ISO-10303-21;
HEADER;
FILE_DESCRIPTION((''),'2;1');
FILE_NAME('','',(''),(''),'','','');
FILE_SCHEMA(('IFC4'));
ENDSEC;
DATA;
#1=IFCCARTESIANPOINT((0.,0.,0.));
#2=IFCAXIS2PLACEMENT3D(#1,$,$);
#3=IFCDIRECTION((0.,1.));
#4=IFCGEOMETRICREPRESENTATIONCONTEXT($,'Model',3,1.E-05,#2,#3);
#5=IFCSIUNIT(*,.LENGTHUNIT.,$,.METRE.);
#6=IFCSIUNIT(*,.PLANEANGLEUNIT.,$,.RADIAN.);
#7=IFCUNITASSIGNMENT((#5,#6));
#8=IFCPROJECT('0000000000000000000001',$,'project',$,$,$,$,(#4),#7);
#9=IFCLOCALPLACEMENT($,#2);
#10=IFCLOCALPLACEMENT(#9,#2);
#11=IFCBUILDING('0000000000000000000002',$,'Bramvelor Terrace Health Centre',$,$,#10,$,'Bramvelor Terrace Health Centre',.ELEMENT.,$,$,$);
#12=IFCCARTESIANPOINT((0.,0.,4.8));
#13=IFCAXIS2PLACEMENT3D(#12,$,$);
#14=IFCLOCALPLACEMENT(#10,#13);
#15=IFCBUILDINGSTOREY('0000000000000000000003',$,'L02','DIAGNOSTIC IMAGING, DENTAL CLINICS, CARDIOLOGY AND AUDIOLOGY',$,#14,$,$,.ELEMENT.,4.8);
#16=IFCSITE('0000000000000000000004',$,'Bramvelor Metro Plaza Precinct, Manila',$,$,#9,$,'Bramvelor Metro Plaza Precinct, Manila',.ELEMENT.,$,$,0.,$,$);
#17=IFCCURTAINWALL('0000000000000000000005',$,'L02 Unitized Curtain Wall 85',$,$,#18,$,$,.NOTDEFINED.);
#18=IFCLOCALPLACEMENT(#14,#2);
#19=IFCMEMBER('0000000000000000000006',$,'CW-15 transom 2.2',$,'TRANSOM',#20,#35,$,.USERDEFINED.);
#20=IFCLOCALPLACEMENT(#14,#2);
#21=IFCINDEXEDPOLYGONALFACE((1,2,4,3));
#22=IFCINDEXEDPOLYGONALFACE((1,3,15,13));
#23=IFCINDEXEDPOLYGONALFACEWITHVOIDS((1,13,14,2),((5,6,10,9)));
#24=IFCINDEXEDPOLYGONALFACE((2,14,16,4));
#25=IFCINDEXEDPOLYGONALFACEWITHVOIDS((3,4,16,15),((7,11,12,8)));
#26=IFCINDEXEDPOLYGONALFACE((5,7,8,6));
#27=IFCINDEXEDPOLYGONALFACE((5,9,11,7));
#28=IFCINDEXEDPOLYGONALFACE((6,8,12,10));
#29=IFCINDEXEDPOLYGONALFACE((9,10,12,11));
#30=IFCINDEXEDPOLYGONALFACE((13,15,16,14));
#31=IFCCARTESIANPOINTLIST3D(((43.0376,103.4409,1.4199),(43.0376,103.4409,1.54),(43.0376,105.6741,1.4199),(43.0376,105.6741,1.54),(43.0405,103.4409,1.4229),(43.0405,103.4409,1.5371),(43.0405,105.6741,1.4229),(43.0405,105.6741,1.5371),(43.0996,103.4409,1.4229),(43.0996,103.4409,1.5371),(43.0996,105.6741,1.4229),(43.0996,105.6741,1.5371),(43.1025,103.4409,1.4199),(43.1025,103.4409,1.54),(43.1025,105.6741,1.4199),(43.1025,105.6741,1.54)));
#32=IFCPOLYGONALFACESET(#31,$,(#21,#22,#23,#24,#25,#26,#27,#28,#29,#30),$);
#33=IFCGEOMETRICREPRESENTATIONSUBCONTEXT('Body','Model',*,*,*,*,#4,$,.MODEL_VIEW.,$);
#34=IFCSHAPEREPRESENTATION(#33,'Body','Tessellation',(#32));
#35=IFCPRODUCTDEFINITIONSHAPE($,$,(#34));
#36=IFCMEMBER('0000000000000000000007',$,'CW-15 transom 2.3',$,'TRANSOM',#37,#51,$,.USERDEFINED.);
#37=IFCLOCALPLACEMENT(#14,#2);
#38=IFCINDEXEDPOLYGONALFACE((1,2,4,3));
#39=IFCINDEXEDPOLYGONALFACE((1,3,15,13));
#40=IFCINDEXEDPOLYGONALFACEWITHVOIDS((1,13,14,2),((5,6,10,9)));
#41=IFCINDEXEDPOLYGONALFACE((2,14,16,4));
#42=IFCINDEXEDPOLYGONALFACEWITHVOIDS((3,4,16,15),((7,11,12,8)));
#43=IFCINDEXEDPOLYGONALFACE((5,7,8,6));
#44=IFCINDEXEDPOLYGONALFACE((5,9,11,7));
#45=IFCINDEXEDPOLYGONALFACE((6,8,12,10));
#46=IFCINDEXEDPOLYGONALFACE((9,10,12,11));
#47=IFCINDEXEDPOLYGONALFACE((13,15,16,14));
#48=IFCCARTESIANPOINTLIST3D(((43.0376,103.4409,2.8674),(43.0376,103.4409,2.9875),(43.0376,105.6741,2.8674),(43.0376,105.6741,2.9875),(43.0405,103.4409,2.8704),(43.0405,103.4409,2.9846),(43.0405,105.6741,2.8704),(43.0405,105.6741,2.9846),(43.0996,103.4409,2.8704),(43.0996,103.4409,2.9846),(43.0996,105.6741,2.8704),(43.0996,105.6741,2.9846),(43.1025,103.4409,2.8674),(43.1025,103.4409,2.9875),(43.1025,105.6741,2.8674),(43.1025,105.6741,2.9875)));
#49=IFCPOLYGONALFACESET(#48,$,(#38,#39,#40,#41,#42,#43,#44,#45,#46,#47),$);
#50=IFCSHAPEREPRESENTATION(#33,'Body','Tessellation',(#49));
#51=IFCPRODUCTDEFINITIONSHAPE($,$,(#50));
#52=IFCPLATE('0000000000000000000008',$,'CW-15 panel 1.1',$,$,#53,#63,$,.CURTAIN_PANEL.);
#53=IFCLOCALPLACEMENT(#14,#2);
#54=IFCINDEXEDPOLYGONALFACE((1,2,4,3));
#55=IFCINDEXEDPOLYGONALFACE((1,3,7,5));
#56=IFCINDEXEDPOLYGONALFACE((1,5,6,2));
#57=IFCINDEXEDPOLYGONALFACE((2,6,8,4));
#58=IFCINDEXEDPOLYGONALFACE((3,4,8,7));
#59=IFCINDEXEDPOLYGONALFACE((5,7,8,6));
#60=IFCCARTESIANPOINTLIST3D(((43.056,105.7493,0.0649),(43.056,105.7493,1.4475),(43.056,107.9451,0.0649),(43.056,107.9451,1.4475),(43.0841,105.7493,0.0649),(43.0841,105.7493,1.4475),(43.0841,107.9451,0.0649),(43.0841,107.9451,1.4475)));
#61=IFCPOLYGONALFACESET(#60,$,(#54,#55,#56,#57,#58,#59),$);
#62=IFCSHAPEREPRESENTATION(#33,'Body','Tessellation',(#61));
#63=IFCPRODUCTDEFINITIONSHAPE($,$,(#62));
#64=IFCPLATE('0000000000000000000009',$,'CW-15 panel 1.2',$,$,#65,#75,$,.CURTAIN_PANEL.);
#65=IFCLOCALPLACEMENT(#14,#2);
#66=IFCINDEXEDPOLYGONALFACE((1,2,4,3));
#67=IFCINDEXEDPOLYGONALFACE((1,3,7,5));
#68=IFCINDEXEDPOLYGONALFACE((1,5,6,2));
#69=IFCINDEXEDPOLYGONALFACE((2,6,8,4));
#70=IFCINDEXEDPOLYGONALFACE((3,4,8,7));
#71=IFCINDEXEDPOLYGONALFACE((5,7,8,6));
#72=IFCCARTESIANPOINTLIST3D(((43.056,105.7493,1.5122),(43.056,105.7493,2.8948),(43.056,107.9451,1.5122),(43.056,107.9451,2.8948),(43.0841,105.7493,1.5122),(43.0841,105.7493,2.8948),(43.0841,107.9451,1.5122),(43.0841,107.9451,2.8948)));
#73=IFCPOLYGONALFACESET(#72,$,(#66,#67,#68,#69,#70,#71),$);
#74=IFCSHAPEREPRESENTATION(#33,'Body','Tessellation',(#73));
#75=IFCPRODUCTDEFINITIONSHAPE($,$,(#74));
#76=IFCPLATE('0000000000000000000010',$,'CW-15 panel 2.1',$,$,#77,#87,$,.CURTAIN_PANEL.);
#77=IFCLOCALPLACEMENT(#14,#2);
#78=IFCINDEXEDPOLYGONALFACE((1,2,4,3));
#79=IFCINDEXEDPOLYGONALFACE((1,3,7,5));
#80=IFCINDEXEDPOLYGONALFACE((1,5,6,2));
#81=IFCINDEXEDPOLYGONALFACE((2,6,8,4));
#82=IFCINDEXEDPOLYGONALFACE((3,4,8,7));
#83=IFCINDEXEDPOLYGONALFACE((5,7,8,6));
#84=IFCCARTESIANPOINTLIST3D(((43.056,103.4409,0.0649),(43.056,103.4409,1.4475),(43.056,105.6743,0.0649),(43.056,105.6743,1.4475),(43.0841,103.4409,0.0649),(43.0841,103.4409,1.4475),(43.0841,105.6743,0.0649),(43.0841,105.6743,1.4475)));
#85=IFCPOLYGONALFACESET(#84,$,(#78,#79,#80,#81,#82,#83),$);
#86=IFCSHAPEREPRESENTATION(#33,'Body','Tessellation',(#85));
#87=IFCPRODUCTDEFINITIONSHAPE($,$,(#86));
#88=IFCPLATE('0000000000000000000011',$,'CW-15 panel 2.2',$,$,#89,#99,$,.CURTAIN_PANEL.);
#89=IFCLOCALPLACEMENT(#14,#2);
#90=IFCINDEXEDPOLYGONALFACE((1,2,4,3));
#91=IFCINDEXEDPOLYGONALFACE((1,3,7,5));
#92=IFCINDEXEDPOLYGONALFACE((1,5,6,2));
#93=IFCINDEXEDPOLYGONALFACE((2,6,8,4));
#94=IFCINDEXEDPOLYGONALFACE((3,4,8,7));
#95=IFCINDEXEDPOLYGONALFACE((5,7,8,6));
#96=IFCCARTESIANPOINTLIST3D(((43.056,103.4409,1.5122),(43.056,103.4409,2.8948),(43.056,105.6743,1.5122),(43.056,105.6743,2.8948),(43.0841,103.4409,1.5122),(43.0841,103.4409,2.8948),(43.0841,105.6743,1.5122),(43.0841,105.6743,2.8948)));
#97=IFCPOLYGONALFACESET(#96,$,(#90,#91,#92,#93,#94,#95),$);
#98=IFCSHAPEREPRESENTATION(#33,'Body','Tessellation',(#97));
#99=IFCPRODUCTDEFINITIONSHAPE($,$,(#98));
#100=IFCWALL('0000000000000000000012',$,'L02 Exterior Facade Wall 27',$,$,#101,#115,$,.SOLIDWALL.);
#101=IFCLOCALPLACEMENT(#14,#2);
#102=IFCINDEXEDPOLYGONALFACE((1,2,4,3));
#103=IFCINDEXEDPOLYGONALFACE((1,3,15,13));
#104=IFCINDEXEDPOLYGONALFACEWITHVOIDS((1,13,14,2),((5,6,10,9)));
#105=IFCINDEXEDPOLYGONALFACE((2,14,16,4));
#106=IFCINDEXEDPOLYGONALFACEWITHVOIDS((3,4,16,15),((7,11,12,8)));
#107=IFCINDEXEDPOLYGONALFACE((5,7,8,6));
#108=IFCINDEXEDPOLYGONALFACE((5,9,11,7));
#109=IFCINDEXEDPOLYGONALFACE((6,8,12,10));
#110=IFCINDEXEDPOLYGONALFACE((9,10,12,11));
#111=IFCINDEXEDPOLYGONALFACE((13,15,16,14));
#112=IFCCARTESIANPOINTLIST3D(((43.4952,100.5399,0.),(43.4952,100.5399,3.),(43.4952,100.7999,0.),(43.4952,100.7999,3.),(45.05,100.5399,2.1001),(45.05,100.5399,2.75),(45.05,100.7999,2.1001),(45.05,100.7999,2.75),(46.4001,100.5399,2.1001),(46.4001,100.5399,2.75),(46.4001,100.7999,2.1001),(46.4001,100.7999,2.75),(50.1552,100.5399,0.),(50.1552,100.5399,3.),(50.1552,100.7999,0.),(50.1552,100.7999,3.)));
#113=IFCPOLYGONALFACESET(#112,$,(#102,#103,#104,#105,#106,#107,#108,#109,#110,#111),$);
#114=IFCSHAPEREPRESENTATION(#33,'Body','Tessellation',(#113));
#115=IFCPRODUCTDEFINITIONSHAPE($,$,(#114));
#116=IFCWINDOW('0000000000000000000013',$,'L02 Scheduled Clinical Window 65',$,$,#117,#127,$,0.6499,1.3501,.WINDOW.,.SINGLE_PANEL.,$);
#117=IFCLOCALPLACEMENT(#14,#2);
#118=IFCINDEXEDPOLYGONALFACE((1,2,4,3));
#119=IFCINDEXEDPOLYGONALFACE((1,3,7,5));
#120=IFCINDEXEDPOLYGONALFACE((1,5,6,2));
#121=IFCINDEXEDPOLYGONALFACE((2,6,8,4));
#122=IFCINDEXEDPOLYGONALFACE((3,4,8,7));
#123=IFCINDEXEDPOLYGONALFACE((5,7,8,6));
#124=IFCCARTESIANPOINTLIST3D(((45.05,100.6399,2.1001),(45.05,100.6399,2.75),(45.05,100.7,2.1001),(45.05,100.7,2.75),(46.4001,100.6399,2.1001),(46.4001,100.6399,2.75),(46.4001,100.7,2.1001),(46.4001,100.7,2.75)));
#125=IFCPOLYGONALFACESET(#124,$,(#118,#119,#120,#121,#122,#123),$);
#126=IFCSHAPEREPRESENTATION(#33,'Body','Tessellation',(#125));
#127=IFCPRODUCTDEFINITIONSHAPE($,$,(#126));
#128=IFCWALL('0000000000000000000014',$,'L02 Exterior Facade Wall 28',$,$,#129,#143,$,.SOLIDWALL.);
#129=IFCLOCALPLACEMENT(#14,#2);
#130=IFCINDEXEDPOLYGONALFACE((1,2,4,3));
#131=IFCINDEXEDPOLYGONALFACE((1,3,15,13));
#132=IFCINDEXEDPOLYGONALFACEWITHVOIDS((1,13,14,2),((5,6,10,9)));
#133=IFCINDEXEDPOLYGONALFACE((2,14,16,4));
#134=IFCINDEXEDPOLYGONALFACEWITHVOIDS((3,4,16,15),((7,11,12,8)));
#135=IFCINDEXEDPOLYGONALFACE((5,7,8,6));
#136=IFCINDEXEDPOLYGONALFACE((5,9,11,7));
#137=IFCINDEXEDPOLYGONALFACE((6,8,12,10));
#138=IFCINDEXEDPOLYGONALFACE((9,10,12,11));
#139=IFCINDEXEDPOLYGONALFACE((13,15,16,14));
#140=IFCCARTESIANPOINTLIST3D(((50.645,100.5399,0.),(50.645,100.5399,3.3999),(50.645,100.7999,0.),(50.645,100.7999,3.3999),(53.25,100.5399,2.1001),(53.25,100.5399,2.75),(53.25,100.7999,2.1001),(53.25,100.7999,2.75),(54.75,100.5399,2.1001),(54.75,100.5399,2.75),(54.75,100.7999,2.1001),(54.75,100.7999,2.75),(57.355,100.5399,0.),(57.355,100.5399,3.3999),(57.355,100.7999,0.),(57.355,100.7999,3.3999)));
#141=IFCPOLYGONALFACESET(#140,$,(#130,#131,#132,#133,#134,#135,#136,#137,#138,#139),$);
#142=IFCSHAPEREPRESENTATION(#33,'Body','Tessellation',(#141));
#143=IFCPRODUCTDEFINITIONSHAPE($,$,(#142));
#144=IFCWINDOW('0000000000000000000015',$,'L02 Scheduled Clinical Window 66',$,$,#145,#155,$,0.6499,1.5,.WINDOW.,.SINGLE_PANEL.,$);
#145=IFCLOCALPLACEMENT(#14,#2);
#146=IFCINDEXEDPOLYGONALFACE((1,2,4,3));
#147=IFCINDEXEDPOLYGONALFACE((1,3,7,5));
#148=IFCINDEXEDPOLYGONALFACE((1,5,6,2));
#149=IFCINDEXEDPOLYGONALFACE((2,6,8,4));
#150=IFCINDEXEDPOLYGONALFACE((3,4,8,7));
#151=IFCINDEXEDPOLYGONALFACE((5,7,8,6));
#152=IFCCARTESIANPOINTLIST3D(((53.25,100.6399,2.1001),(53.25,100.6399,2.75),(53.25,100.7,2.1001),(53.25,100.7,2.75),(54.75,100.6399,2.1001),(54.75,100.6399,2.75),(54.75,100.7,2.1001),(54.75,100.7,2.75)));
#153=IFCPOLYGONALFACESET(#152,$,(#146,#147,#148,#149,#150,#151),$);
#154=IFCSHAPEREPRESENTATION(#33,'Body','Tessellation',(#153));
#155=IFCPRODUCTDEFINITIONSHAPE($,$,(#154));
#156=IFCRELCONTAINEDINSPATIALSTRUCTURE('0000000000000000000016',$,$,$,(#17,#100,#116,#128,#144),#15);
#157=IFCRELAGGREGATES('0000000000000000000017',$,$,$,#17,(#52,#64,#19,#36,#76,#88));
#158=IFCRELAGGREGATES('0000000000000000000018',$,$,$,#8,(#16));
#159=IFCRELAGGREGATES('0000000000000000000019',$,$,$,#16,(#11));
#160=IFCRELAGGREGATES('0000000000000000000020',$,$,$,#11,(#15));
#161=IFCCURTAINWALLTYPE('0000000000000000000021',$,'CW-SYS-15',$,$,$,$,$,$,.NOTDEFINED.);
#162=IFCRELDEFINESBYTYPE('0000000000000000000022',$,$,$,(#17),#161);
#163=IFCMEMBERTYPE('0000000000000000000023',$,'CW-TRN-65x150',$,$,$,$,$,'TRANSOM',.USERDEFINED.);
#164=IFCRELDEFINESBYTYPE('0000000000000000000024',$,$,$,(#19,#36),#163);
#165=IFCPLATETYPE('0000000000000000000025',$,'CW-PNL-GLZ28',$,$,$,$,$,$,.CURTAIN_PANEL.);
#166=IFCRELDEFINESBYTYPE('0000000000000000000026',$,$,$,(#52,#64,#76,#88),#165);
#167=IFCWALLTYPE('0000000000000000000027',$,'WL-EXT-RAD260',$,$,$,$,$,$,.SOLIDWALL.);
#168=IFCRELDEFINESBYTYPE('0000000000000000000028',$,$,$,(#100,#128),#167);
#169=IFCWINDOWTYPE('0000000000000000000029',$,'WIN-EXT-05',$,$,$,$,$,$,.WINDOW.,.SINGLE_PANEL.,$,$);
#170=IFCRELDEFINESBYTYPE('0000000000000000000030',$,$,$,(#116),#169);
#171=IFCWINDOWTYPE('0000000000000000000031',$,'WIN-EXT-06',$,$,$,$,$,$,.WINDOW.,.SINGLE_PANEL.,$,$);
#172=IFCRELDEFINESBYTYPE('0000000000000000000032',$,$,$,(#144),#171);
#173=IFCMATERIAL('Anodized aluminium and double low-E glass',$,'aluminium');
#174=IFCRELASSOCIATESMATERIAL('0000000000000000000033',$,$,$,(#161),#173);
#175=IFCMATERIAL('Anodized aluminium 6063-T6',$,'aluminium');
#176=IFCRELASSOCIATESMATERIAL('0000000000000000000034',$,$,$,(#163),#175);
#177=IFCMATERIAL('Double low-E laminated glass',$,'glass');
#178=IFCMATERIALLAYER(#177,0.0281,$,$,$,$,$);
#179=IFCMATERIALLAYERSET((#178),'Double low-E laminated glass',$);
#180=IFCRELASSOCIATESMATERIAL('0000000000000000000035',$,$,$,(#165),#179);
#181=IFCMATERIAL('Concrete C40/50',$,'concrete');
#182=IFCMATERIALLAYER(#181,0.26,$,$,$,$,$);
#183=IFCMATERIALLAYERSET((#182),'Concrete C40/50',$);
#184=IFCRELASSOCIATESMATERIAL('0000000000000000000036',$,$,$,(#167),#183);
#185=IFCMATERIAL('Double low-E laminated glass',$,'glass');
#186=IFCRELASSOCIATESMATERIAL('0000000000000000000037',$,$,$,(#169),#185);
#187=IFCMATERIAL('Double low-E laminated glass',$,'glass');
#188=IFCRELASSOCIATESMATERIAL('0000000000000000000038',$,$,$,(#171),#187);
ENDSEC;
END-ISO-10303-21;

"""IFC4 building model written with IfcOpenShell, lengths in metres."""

from ifc_helpers import new_model, si_unit, direction, frame, frame_2d, origin, origin_2d, place, context, subcontext, project, spatial, rectangle, hollow_rectangle, extrude, material, layer, layer_set, material_profile, profile_set, type_object, element, fill, aggregate, save


model = new_model("IFC4")

# Units and contexts
model_context = context("Model", 3, precision=1e-05, world=origin(), true_north=direction((0.0, 1.0)))
body_context = subcontext(model_context, "Body", "Model", "MODEL_VIEW")
ifc_project = project(units=[si_unit("LENGTHUNIT", "METRE"), si_unit("PLANEANGLEUNIT", "RADIAN")], contexts=[model_context])

# Site, building, storey
site_placement = place(None, origin())
site = spatial("IfcSite", under=ifc_project, at=site_placement, Name="Bramvelor Metro Plaza Precinct, Manila", LongName="Bramvelor Metro Plaza Precinct, Manila", CompositionType="ELEMENT", RefElevation=0.0)
building_placement = place(site_placement, origin())
building = spatial("IfcBuilding", under=site, at=building_placement, Name="Bramvelor Terrace Health Centre", LongName="Bramvelor Terrace Health Centre", CompositionType="ELEMENT")
storey_placement = place(building_placement, frame((0.0, 0.0, 4.8)))
storey = spatial("IfcBuildingStorey", under=building, at=storey_placement, Name="L02", Description="DIAGNOSTIC IMAGING, DENTAL CLINICS, CARDIOLOGY AND AUDIOLOGY", CompositionType="ELEMENT", Elevation=4.8)

# Curtain wall, members, plates
ifc_material_1 = material(Name="Anodized aluminium and double low-E glass", Category="aluminium")
curtain_wall_type_1 = type_object("IfcCurtainWallType", Name="CW-SYS-15", PredefinedType="NOTDEFINED", material=ifc_material_1)
curtain_wall_1_placement = place(storey_placement, origin())
curtain_wall_1 = element("IfcCurtainWall", 1, at=curtain_wall_1_placement, inside=storey, type_object=curtain_wall_type_1, Name="L02 Unitized Curtain Wall 85", PredefinedType="NOTDEFINED")
ifc_material_2 = material(Name="Anodized aluminium 6063-T6", Category="aluminium")
ifc_material_profile_1 = material_profile(ifc_material_2, hollow_rectangle(XDim=0.0649, YDim=0.1201, WallThickness=0.0029, at=origin_2d()), Name="ALU-TRN 65x120x3.0")
ifc_profile_set_1 = profile_set([ifc_material_profile_1], Name="Anodized aluminium 6063-T6")
member_type_1 = type_object("IfcMemberType", Name="CW-TRN-65x150", ElementType="TRANSOM", PredefinedType="USERDEFINED", material=ifc_profile_set_1)
member_1_placement = place(storey_placement, frame((43.0701, 105.6741, 1.48), z_axis=(0.0, -1.0, 0.0), x_axis=(1.0, 0.0, 0.0)))
member_1 = element("IfcMember", 2, at=member_1_placement, type_object=member_type_1, Name="CW-15 transom 2.2", ObjectType="TRANSOM", PredefinedType="USERDEFINED", context=body_context, shape_type="SweptSolid", body=[
    extrude(hollow_rectangle(XDim=0.0649, YDim=0.1201, WallThickness=0.0029, at=origin_2d()), origin(), (0.0, 0.0, 1.0), 2.2332),
])
member_2_placement = place(storey_placement, frame((43.0701, 105.6741, 2.9275), z_axis=(0.0, -1.0, 0.0), x_axis=(1.0, 0.0, 0.0)))
member_2 = element("IfcMember", 3, at=member_2_placement, type_object=member_type_1, Name="CW-15 transom 2.3", ObjectType="TRANSOM", PredefinedType="USERDEFINED", context=body_context, shape_type="SweptSolid", body=[
    extrude(hollow_rectangle(XDim=0.0649, YDim=0.1201, WallThickness=0.0029, at=origin_2d()), origin(), (0.0, 0.0, 1.0), 2.2332),
])
ifc_material_3 = material(Name="Double low-E laminated glass", Category="glass")
ifc_layer_1 = layer(ifc_material_3, 0.0281)
ifc_layer_set_1 = layer_set([ifc_layer_1], Name="Double low-E laminated glass")
plate_type = type_object("IfcPlateType", Name="CW-PNL-GLZ28", PredefinedType="CURTAIN_PANEL", material=ifc_layer_set_1)
plate_1_placement = place(storey_placement, frame((43.0701, 106.8472, 0.0649), z_axis=(0.0, 0.0, 1.0), x_axis=(0.0, -1.0, 0.0)))
plate_1 = element("IfcPlate", 4, at=plate_1_placement, type_object=plate_type, Name="CW-15 panel 1.1", PredefinedType="CURTAIN_PANEL", context=body_context, shape_type="SweptSolid", body=[
    extrude(rectangle(XDim=2.1958, YDim=0.0281, at=origin_2d()), origin(), (0.0, 0.0, 1.0), 1.3826),
])
plate_2_placement = place(storey_placement, frame((43.0701, 106.8472, 1.5122), z_axis=(0.0, 0.0, 1.0), x_axis=(0.0, -1.0, 0.0)))
plate_2 = element("IfcPlate", 5, at=plate_2_placement, type_object=plate_type, Name="CW-15 panel 1.2", PredefinedType="CURTAIN_PANEL", context=body_context, shape_type="SweptSolid", body=[
    extrude(rectangle(XDim=2.1958, YDim=0.0281, at=origin_2d()), origin(), (0.0, 0.0, 1.0), 1.3826),
])
plate_3_placement = place(storey_placement, frame((43.0701, 104.5576, 0.0649), z_axis=(0.0, 0.0, 1.0), x_axis=(0.0, -1.0, 0.0)))
plate_3 = element("IfcPlate", 6, at=plate_3_placement, type_object=plate_type, Name="CW-15 panel 2.1", PredefinedType="CURTAIN_PANEL", context=body_context, shape_type="SweptSolid", body=[
    extrude(rectangle(XDim=2.2334, YDim=0.0281, at=origin_2d()), origin(), (0.0, 0.0, 1.0), 1.3826),
])
plate_4_placement = place(storey_placement, frame((43.0701, 104.5576, 1.5122), z_axis=(0.0, 0.0, 1.0), x_axis=(0.0, -1.0, 0.0)))
plate_4 = element("IfcPlate", 7, at=plate_4_placement, type_object=plate_type, Name="CW-15 panel 2.2", PredefinedType="CURTAIN_PANEL", context=body_context, shape_type="SweptSolid", body=[
    extrude(rectangle(XDim=2.2334, YDim=0.0281, at=origin_2d()), origin(), (0.0, 0.0, 1.0), 1.3826),
])
aggregate(curtain_wall_1, [plate_1, plate_2, member_1, member_2, plate_3, plate_4])

# Walls, openings, windows
ifc_material_4 = material(Name="Concrete C40/50", Category="concrete")
ifc_layer_2 = layer(ifc_material_4, 0.26)
ifc_layer_set_2 = layer_set([ifc_layer_2], Name="Concrete C40/50")
wall_type = type_object("IfcWallType", Name="WL-EXT-RAD260", PredefinedType="SOLIDWALL", material=ifc_layer_set_2)
wall_1_placement = place(storey_placement, frame((43.4951, 100.6699, 0.0), z_axis=(0.0, 0.0, 1.0), x_axis=(1.0, 0.0, 0.0)))
wall_1 = element("IfcWall", 8, at=wall_1_placement, inside=storey, type_object=wall_type, Name="L02 Exterior Facade Wall 27", PredefinedType="SOLIDWALL", context=body_context, shape_type="SweptSolid", body=[
    extrude(rectangle(XDim=6.6599, YDim=0.26, at=frame_2d((3.3301, 0.0))), origin(), (0.0, 0.0, 1.0), 3.0),
])
opening_1_placement = place(wall_1_placement, frame((1.5549, 0.0, 2.1001)))
opening_1 = element("IfcOpeningElement", 9, at=opening_1_placement, cuts=wall_1, PredefinedType="OPENING", context=body_context, shape_type="SweptSolid", body=[
    extrude(rectangle(XDim=1.3501, YDim=0.6499, at=frame_2d((0.675, 0.325))), frame((0.0, 0.1399, 0.0), z_axis=(0.0, -1.0, 0.0), x_axis=(1.0, 0.0, 0.0)), (0.0, 0.0, 1.0), 0.28),
])
ifc_material_5 = material(Name="Double low-E laminated glass", Category="glass")
window_type_1 = type_object("IfcWindowType", Name="WIN-EXT-05", PartitioningType="SINGLE_PANEL", PredefinedType="WINDOW", material=ifc_material_5)
window_1_placement = place(opening_1_placement, origin())
window_1 = element("IfcWindow", 10, at=window_1_placement, inside=storey, type_object=window_type_1, Name="L02 Scheduled Clinical Window 65", OverallHeight=0.6499, OverallWidth=1.3501, PartitioningType="SINGLE_PANEL", PredefinedType="WINDOW", context=body_context, shape_type="SweptSolid", body=[
    extrude(rectangle(XDim=1.3501, YDim=0.6499, at=frame_2d((0.675, 0.325))), frame((0.0, 0.03, 0.0), z_axis=(0.0, -1.0, 0.0), x_axis=(1.0, 0.0, 0.0)), (0.0, 0.0, 1.0), 0.0601),
])
fill(opening_1, window_1)
wall_2_placement = place(storey_placement, frame((50.645, 100.6699, 0.0), z_axis=(0.0, 0.0, 1.0), x_axis=(1.0, 0.0, 0.0)))
wall_2 = element("IfcWall", 11, at=wall_2_placement, inside=storey, type_object=wall_type, Name="L02 Exterior Facade Wall 28", PredefinedType="SOLIDWALL", context=body_context, shape_type="SweptSolid", body=[
    extrude(rectangle(XDim=6.71, YDim=0.26, at=frame_2d((3.355, 0.0))), origin(), (0.0, 0.0, 1.0), 3.3999),
])
opening_2_placement = place(wall_2_placement, frame((2.605, 0.0, 2.1001)))
opening_2 = element("IfcOpeningElement", 12, at=opening_2_placement, cuts=wall_2, PredefinedType="OPENING", context=body_context, shape_type="SweptSolid", body=[
    extrude(rectangle(XDim=1.5, YDim=0.6499, at=frame_2d((0.75, 0.325))), frame((0.0, 0.1399, 0.0), z_axis=(0.0, -1.0, 0.0), x_axis=(1.0, 0.0, 0.0)), (0.0, 0.0, 1.0), 0.28),
])
ifc_material_6 = material(Name="Double low-E laminated glass", Category="glass")
window_type_2 = type_object("IfcWindowType", Name="WIN-EXT-06", PartitioningType="SINGLE_PANEL", PredefinedType="WINDOW", material=ifc_material_6)
window_2_placement = place(opening_2_placement, origin())
window_2 = element("IfcWindow", 13, at=window_2_placement, inside=storey, type_object=window_type_2, Name="L02 Scheduled Clinical Window 66", OverallHeight=0.6499, OverallWidth=1.5, PartitioningType="SINGLE_PANEL", PredefinedType="WINDOW", context=body_context, shape_type="SweptSolid", body=[
    extrude(rectangle(XDim=1.5, YDim=0.6499, at=frame_2d((0.75, 0.325))), frame((0.0, 0.03, 0.0), z_axis=(0.0, -1.0, 0.0), x_axis=(1.0, 0.0, 0.0)), (0.0, 0.0, 1.0), 0.0601),
])
fill(opening_2, window_2)

save(model, "model.ifc")
